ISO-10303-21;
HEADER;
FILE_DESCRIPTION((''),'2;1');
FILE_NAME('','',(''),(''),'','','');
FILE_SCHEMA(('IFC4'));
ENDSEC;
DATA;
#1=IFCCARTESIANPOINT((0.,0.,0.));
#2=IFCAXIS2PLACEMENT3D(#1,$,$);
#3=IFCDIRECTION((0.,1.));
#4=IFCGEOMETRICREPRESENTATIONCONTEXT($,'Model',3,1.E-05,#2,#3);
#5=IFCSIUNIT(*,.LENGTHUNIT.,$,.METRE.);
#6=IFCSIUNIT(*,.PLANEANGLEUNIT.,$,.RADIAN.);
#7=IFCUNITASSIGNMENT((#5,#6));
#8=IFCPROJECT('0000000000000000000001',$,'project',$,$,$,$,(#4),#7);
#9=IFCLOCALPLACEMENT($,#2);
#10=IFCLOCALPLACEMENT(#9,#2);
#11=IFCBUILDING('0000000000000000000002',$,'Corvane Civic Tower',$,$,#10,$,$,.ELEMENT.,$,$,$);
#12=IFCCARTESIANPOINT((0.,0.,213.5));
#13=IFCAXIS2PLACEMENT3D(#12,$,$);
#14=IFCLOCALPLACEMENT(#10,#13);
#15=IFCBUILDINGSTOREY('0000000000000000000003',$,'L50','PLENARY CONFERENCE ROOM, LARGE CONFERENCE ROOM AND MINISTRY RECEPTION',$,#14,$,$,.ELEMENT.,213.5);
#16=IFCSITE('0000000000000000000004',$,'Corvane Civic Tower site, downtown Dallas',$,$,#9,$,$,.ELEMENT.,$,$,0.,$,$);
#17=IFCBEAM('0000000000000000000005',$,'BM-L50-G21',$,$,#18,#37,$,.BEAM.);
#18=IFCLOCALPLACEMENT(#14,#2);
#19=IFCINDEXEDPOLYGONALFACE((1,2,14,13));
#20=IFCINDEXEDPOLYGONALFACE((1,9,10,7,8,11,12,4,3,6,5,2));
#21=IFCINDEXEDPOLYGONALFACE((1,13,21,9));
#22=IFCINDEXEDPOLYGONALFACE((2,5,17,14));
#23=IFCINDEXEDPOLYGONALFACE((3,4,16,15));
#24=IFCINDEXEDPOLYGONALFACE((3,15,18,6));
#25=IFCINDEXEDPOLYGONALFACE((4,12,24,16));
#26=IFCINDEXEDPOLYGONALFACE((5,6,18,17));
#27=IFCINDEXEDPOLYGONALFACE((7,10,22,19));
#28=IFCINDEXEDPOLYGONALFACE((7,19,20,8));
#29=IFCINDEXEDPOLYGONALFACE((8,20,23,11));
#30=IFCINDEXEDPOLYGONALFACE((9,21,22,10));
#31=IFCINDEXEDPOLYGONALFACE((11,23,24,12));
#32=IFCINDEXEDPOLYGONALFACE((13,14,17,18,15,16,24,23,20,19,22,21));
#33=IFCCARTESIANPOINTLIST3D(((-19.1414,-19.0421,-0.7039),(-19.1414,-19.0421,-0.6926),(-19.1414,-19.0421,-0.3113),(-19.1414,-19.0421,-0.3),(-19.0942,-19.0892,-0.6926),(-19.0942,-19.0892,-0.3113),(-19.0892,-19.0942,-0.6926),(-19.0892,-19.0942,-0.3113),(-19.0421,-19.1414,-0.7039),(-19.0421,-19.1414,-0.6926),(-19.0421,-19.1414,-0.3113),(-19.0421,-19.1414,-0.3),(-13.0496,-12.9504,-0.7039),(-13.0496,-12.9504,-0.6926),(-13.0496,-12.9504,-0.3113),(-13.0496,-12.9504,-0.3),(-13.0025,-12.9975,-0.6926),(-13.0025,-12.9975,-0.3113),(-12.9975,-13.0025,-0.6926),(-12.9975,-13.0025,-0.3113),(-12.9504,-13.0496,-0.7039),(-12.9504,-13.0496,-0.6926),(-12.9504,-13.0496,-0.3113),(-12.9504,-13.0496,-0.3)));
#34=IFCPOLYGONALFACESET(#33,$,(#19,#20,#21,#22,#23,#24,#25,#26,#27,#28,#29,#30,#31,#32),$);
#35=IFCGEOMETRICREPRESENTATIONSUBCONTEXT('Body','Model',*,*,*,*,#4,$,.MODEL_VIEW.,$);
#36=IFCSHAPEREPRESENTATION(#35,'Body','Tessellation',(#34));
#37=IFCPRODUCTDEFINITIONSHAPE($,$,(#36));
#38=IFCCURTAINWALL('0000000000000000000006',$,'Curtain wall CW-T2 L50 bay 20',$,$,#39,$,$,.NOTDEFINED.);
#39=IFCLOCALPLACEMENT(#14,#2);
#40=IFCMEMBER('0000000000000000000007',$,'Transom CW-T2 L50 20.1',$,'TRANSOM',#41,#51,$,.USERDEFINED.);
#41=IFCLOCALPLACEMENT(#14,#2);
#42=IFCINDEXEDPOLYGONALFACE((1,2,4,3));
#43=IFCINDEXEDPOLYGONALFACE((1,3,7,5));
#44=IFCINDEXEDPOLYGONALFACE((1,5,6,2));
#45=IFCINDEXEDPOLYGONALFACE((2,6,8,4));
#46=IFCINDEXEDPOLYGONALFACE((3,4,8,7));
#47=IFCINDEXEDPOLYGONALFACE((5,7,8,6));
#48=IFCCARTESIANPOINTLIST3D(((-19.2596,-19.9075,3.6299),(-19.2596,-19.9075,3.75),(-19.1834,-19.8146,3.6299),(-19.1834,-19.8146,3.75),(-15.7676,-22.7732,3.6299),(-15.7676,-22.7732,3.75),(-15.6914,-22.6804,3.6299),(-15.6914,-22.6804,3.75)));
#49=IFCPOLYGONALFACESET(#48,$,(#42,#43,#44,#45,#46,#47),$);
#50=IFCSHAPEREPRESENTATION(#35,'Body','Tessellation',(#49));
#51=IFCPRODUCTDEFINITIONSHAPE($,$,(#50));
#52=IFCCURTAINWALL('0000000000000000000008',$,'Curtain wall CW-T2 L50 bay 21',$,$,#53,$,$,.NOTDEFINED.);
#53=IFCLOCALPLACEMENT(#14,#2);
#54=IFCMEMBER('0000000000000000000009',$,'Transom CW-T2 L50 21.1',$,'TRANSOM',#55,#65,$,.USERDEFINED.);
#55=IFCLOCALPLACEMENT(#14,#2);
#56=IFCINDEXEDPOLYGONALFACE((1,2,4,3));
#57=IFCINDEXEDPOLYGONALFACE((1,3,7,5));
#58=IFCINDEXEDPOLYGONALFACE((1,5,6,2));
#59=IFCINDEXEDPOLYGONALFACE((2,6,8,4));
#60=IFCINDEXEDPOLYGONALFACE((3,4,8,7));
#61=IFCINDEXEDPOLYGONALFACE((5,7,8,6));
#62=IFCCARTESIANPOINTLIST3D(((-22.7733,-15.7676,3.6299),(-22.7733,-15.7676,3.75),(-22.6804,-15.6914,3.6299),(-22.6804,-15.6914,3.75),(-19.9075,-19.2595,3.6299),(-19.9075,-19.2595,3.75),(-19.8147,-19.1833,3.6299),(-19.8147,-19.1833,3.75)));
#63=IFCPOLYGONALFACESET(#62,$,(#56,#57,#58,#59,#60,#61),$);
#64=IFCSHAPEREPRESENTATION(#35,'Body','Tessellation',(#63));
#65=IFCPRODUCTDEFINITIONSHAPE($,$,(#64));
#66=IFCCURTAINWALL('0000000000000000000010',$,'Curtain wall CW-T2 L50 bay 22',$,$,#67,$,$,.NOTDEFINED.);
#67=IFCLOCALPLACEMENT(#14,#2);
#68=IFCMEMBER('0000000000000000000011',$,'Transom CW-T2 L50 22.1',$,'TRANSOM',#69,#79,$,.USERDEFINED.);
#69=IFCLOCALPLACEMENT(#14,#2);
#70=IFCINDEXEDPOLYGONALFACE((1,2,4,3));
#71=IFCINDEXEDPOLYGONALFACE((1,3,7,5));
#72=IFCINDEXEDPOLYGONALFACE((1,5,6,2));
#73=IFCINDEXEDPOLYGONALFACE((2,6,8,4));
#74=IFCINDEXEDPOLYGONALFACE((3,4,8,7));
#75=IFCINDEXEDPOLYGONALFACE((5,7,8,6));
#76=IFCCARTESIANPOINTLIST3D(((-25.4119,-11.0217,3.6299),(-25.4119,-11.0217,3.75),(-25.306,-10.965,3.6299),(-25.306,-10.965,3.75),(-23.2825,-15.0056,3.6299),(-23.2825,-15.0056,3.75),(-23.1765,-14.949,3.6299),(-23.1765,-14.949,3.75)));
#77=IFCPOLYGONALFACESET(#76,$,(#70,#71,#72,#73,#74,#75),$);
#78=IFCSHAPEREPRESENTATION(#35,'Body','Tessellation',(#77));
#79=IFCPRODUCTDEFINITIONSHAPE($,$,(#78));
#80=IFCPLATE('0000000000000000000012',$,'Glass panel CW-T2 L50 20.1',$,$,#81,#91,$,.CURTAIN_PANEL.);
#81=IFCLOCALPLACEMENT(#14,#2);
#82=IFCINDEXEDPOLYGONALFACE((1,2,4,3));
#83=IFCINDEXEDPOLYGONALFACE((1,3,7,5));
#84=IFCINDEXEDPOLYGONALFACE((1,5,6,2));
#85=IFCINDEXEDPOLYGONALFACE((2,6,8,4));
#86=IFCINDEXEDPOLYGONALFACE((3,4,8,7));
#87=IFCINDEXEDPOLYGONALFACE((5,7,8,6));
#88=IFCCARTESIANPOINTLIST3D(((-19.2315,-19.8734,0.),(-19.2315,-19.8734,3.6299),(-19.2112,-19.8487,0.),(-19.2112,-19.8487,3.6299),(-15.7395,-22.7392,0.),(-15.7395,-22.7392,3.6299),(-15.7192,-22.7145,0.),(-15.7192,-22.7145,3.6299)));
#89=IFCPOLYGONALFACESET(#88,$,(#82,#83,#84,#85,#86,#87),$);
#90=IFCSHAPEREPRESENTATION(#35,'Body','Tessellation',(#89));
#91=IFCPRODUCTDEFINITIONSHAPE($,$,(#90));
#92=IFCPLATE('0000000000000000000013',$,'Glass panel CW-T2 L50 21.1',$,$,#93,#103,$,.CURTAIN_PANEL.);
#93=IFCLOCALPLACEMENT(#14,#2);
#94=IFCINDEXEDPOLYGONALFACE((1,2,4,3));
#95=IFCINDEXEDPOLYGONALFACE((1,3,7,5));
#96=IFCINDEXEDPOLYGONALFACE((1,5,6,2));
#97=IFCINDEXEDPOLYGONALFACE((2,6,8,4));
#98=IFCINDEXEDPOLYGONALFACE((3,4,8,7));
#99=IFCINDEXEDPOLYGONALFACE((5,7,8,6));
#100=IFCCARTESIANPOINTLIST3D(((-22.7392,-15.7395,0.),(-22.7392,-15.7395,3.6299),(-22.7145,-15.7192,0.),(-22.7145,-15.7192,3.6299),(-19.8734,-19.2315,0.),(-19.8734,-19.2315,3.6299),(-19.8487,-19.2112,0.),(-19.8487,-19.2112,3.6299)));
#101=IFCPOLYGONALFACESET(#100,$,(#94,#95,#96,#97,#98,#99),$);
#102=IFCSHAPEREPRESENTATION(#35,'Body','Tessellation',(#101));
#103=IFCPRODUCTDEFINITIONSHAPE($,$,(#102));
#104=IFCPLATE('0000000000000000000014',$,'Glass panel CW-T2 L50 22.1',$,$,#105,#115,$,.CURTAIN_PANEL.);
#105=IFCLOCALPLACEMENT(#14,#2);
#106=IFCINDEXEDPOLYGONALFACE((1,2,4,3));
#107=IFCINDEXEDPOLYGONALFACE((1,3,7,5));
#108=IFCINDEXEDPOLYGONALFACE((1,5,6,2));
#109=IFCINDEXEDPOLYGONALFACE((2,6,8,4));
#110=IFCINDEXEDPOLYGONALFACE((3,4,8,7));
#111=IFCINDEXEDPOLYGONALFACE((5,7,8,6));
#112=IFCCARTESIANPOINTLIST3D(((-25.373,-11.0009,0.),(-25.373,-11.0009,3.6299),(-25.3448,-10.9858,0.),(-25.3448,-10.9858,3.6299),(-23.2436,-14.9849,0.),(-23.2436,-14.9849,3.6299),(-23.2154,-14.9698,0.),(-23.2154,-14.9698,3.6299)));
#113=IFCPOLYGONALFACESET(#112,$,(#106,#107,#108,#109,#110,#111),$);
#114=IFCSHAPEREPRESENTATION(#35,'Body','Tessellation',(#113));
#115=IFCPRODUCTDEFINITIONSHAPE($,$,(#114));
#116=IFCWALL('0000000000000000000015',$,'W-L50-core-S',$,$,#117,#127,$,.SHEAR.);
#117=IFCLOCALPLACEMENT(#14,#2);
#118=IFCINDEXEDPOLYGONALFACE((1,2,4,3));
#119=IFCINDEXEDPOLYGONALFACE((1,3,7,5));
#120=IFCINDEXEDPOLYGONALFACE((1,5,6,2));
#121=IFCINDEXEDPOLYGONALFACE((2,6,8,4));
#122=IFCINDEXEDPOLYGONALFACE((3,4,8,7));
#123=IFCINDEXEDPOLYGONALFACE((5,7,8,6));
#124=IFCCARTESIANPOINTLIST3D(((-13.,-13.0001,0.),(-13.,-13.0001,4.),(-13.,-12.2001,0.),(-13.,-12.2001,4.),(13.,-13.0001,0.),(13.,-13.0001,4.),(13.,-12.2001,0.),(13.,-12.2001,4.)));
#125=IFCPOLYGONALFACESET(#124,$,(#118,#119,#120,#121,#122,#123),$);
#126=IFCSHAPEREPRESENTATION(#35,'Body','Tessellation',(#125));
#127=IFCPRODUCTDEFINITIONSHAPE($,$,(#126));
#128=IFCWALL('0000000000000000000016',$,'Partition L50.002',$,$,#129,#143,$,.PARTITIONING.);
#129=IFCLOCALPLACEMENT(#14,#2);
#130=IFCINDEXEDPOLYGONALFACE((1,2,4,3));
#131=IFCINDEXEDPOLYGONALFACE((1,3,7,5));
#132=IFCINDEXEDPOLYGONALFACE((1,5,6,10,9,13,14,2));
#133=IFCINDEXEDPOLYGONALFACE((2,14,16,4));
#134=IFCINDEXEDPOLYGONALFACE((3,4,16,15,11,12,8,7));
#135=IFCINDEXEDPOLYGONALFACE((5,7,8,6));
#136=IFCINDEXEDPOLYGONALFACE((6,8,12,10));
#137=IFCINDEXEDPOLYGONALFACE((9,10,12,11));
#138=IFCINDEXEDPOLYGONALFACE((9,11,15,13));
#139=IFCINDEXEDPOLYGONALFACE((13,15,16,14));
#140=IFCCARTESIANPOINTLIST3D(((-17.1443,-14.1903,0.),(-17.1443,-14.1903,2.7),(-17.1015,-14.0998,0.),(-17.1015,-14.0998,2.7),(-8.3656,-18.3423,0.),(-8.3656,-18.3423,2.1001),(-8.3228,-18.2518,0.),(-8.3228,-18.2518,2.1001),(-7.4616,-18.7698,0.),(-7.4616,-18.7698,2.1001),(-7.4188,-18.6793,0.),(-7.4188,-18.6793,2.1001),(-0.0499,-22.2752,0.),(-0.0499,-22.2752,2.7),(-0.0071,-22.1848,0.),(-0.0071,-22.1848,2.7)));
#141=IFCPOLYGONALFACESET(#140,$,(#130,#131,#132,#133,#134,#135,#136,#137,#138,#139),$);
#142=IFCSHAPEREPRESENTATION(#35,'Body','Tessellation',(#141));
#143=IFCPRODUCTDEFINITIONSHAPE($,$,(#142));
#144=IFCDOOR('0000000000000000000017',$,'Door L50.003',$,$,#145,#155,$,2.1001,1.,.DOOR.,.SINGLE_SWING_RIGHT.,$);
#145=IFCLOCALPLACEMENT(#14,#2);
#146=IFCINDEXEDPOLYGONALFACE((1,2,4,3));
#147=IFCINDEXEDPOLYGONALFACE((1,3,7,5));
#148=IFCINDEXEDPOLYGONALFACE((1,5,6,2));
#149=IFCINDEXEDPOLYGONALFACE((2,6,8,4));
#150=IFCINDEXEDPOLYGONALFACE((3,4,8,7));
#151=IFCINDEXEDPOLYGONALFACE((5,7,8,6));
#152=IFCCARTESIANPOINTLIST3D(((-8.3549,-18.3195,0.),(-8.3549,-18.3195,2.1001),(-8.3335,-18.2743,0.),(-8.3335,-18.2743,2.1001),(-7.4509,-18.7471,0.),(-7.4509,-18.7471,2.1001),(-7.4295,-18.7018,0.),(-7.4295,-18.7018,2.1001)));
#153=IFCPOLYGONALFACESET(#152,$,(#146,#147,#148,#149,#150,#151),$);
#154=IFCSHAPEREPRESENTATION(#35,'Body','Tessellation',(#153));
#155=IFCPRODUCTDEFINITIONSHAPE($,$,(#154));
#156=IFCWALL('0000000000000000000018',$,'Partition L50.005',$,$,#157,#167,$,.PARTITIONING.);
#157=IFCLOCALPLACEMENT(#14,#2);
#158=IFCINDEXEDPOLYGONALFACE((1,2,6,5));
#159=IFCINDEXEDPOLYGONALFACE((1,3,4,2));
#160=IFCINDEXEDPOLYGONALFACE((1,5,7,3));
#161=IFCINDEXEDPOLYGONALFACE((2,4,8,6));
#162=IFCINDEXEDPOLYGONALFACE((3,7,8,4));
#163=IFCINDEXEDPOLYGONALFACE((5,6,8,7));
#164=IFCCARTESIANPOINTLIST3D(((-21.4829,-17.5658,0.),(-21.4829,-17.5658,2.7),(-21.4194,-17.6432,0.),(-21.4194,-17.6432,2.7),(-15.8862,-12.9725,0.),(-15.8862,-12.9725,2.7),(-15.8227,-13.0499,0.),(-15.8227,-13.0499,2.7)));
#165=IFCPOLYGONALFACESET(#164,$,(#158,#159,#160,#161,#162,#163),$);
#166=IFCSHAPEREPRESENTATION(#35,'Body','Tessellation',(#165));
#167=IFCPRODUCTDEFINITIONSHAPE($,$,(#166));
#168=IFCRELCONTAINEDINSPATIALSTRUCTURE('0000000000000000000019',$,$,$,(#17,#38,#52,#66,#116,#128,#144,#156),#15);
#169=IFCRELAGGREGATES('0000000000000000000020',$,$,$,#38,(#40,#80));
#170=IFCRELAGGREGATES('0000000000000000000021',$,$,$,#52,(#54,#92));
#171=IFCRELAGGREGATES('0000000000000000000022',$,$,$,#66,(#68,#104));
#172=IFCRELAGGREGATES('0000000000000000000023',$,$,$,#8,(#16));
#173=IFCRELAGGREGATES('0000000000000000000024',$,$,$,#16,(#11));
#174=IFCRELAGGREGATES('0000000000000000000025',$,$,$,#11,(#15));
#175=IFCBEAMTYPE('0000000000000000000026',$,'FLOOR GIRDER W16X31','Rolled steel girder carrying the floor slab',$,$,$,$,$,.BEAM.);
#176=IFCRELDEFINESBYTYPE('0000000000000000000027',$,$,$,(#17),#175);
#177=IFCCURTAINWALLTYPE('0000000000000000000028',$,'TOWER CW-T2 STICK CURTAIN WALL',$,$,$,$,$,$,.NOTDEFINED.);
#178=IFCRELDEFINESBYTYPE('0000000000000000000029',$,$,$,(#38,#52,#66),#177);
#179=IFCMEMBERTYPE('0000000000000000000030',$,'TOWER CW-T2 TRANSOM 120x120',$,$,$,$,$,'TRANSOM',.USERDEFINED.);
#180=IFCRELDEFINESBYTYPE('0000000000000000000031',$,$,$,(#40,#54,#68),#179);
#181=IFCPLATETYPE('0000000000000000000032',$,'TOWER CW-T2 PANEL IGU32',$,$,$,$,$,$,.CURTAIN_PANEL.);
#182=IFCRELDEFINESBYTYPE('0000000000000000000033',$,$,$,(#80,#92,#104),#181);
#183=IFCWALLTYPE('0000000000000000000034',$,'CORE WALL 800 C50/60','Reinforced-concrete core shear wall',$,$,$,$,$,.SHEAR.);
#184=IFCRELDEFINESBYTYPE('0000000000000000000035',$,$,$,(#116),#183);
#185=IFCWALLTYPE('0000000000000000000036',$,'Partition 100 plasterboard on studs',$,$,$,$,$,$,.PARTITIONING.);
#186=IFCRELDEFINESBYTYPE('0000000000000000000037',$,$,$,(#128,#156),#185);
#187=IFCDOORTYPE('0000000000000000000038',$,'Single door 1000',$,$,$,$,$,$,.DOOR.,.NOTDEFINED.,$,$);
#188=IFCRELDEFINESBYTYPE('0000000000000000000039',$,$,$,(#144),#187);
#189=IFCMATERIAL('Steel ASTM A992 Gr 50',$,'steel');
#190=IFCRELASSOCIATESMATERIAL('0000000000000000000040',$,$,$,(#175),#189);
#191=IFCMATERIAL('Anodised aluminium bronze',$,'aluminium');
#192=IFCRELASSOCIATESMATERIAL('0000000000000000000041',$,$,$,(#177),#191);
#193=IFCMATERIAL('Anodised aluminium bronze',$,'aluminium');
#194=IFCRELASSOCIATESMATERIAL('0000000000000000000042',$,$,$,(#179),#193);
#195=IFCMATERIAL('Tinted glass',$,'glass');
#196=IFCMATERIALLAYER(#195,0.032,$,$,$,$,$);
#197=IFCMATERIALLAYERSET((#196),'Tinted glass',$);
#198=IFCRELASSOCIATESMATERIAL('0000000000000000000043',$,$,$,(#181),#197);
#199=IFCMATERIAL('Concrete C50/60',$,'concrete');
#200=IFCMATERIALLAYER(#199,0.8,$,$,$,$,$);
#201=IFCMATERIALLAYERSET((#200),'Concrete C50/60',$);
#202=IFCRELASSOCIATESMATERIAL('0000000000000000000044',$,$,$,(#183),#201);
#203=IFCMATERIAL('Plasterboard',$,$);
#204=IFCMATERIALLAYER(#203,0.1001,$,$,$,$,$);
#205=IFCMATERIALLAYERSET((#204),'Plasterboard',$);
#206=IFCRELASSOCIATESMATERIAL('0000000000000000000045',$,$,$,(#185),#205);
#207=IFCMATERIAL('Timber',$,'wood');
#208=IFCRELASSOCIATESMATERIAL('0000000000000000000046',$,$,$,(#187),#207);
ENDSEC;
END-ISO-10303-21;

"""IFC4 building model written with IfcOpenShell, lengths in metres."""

from ifc_helpers import new_model, si_unit, direction, frame, frame_2d, origin, origin_2d, place, context, subcontext, project, spatial, rectangle, i_section, extrude, material, layer, layer_set, material_profile, profile_set, type_object, element, fill, aggregate, save


model = new_model("IFC4")

# Units and contexts
model_context = context("Model", 3, precision=1e-05, world=origin(), true_north=direction((0.0, 1.0)))
body_context = subcontext(model_context, "Body", "Model", "MODEL_VIEW")
ifc_project = project(units=[si_unit("LENGTHUNIT", "METRE"), si_unit("PLANEANGLEUNIT", "RADIAN")], contexts=[model_context])

# Site, building, storey
site_placement = place(None, origin())
site = spatial("IfcSite", under=ifc_project, at=site_placement, Name="Corvane Civic Tower site, downtown Dallas", CompositionType="ELEMENT", RefElevation=0.0)
building_placement = place(site_placement, origin())
building = spatial("IfcBuilding", under=site, at=building_placement, Name="Corvane Civic Tower", CompositionType="ELEMENT")
storey_placement = place(building_placement, frame((0.0, 0.0, 213.5)))
storey = spatial("IfcBuildingStorey", under=building, at=storey_placement, Name="L50", Description="PLENARY CONFERENCE ROOM, LARGE CONFERENCE ROOM AND MINISTRY RECEPTION", CompositionType="ELEMENT", Elevation=213.5)

# Beam
ifc_material_1 = material(Name="Steel ASTM A992 Gr 50", Category="steel")
ifc_material_profile_1 = material_profile(ifc_material_1, i_section(OverallWidth=0.1404, OverallDepth=0.4038, WebThickness=0.0071, FlangeThickness=0.0112, at=origin_2d()), Name="W16X31")
ifc_profile_set_1 = profile_set([ifc_material_profile_1], Name="Steel ASTM A992 Gr 50")
beam_type_1 = type_object("IfcBeamType", Name="FLOOR GIRDER W16X31", Description="Rolled steel girder carrying the floor slab", PredefinedType="BEAM", material=ifc_profile_set_1)
beam_placement = place(storey_placement, frame((-13.0, -13.0, -0.502), z_axis=(-0.707107, -0.707107, 0.0), x_axis=(0.707107, -0.707107, 0.0)))
element("IfcBeam", 1, at=beam_placement, inside=storey, type_object=beam_type_1, Name="BM-L50-G21", PredefinedType="BEAM", context=body_context, shape_type="SweptSolid", body=[
    extrude(i_section(OverallWidth=0.1404, OverallDepth=0.4038, WebThickness=0.0071, FlangeThickness=0.0112, at=origin_2d()), origin(), (0.0, 0.0, 1.0), 8.615),
])

# Curtain walls, members
ifc_material_2 = material(Name="Anodised aluminium bronze", Category="aluminium")
curtain_wall_type = type_object("IfcCurtainWallType", Name="TOWER CW-T2 STICK CURTAIN WALL", PredefinedType="NOTDEFINED", material=ifc_material_2)
curtain_wall_1_placement = place(storey_placement, origin())
curtain_wall_1 = element("IfcCurtainWall", 2, at=curtain_wall_1_placement, inside=storey, type_object=curtain_wall_type, Name="Curtain wall CW-T2 L50 bay 20", PredefinedType="NOTDEFINED")
ifc_material_3 = material(Name="Anodised aluminium bronze", Category="aluminium")
ifc_material_profile_2 = material_profile(ifc_material_3, rectangle(XDim=0.1201, YDim=0.1201, at=origin_2d()), Name="TOWER CW-T2 TRANSOM 120x120")
ifc_profile_set_2 = profile_set([ifc_material_profile_2], Name="Anodised aluminium bronze")
member_type = type_object("IfcMemberType", Name="TOWER CW-T2 TRANSOM 120x120", ElementType="TRANSOM", PredefinedType="USERDEFINED", material=ifc_profile_set_2)
member_1_placement = place(storey_placement, frame((-15.7295, -22.7268, 3.6899), z_axis=(-0.773015, 0.634388, 0.0), x_axis=(-0.634388, -0.773015, 0.0)))
member_1 = element("IfcMember", 3, at=member_1_placement, type_object=member_type, Name="Transom CW-T2 L50 20.1", ObjectType="TRANSOM", PredefinedType="USERDEFINED", context=body_context, shape_type="SweptSolid", body=[
    extrude(rectangle(XDim=0.1201, YDim=0.1201, at=origin_2d()), origin(), (0.0, 0.0, 1.0), 4.5173),
])
curtain_wall_2_placement = place(storey_placement, origin())
curtain_wall_2 = element("IfcCurtainWall", 4, at=curtain_wall_2_placement, inside=storey, type_object=curtain_wall_type, Name="Curtain wall CW-T2 L50 bay 21", PredefinedType="NOTDEFINED")
member_2_placement = place(storey_placement, frame((-19.8611, -19.2214, 3.6899), z_axis=(-0.634388, 0.773015, 0.0), x_axis=(-0.773015, -0.634388, 0.0)))
member_2 = element("IfcMember", 5, at=member_2_placement, type_object=member_type, Name="Transom CW-T2 L50 21.1", ObjectType="TRANSOM", PredefinedType="USERDEFINED", context=body_context, shape_type="SweptSolid", body=[
    extrude(rectangle(XDim=0.1201, YDim=0.1201, at=origin_2d()), origin(), (0.0, 0.0, 1.0), 4.5173),
])
curtain_wall_3_placement = place(storey_placement, origin())
curtain_wall_3 = element("IfcCurtainWall", 6, at=curtain_wall_3_placement, inside=storey, type_object=curtain_wall_type, Name="Curtain wall CW-T2 L50 bay 22", PredefinedType="NOTDEFINED")
member_3_placement = place(storey_placement, frame((-23.2295, -14.9773, 3.6899), z_axis=(-0.47139, 0.881925, 0.0), x_axis=(-0.881925, -0.47139, 0.0)))
member_3 = element("IfcMember", 7, at=member_3_placement, type_object=member_type, Name="Transom CW-T2 L50 22.1", ObjectType="TRANSOM", PredefinedType="USERDEFINED", context=body_context, shape_type="SweptSolid", body=[
    extrude(rectangle(XDim=0.1201, YDim=0.1201, at=origin_2d()), origin(), (0.0, 0.0, 1.0), 4.5173),
])

# Plates
ifc_material_4 = material(Name="Tinted glass", Category="glass")
ifc_layer_1 = layer(ifc_material_4, 0.032)
ifc_layer_set_1 = layer_set([ifc_layer_1], Name="Tinted glass")
plate_type = type_object("IfcPlateType", Name="TOWER CW-T2 PANEL IGU32", PredefinedType="CURTAIN_PANEL", material=ifc_layer_set_1)
plate_1_placement = place(storey_placement, frame((-17.4753, -21.2939, 0.0), z_axis=(0.0, 0.0, 1.0), x_axis=(-0.773012, 0.634391, 0.0)))
plate_1 = element("IfcPlate", 8, at=plate_1_placement, type_object=plate_type, Name="Glass panel CW-T2 L50 20.1", PredefinedType="CURTAIN_PANEL", context=body_context, shape_type="SweptSolid", body=[
    extrude(rectangle(XDim=4.5173, YDim=0.032, at=origin_2d()), origin(), (0.0, 0.0, 1.0), 3.6299),
])
aggregate(curtain_wall_1, [member_1, plate_1])
plate_2_placement = place(storey_placement, frame((-21.2939, -17.4753, 0.0), z_axis=(0.0, 0.0, 1.0), x_axis=(-0.634391, 0.773012, 0.0)))
plate_2 = element("IfcPlate", 9, at=plate_2_placement, type_object=plate_type, Name="Glass panel CW-T2 L50 21.1", PredefinedType="CURTAIN_PANEL", context=body_context, shape_type="SweptSolid", body=[
    extrude(rectangle(XDim=4.5173, YDim=0.032, at=origin_2d()), origin(), (0.0, 0.0, 1.0), 3.6299),
])
aggregate(curtain_wall_2, [member_2, plate_2])
plate_3_placement = place(storey_placement, frame((-24.2942, -12.9854, 0.0), z_axis=(0.0, 0.0, 1.0), x_axis=(-0.471398, 0.88192, 0.0)))
plate_3 = element("IfcPlate", 10, at=plate_3_placement, type_object=plate_type, Name="Glass panel CW-T2 L50 22.1", PredefinedType="CURTAIN_PANEL", context=body_context, shape_type="SweptSolid", body=[
    extrude(rectangle(XDim=4.5173, YDim=0.032, at=origin_2d()), origin(), (0.0, 0.0, 1.0), 3.6299),
])
aggregate(curtain_wall_3, [member_3, plate_3])

# Wall
ifc_material_5 = material(Name="Concrete C50/60", Category="concrete")
ifc_layer_2 = layer(ifc_material_5, 0.8)
ifc_layer_set_2 = layer_set([ifc_layer_2], Name="Concrete C50/60")
wall_type_1 = type_object("IfcWallType", Name="CORE WALL 800 C50/60", Description="Reinforced-concrete core shear wall", PredefinedType="SHEAR", material=ifc_layer_set_2)
wall_1_placement = place(storey_placement, frame((-13.0, -12.6001, 0.0), z_axis=(0.0, 0.0, 1.0), x_axis=(1.0, 0.0, 0.0)))
element("IfcWall", 11, at=wall_1_placement, inside=storey, type_object=wall_type_1, Name="W-L50-core-S", PredefinedType="SHEAR", context=body_context, shape_type="SweptSolid", body=[
    extrude(rectangle(XDim=26.0, YDim=0.8, at=frame_2d((13.0, 0.0))), origin(), (0.0, 0.0, 1.0), 4.0),
])

# Wall, opening, door
ifc_material_6 = material(Name="Plasterboard")
ifc_layer_3 = layer(ifc_material_6, 0.1001)
ifc_layer_set_3 = layer_set([ifc_layer_3], Name="Plasterboard")
wall_type_2 = type_object("IfcWallType", Name="Partition 100 plasterboard on studs", PredefinedType="PARTITIONING", material=ifc_layer_set_3)
wall_2_placement = place(storey_placement, frame((-17.123, -14.145, 0.0), z_axis=(0.0, 0.0, 1.0), x_axis=(0.903992, -0.42755, 0.0)))
wall_2 = element("IfcWall", 12, at=wall_2_placement, inside=storey, type_object=wall_type_2, Name="Partition L50.002", PredefinedType="PARTITIONING", context=body_context, shape_type="SweptSolid", body=[
    extrude(rectangle(XDim=18.9099, YDim=0.1001, at=frame_2d((9.4551, 0.0))), origin(), (0.0, 0.0, 1.0), 2.7),
])
opening_1_placement = place(wall_2_placement, frame((9.7112, 0.0, 0.0)))
opening_1 = element("IfcOpeningElement", 13, at=opening_1_placement, cuts=wall_2, PredefinedType="OPENING", context=body_context, shape_type="SweptSolid", body=[
    extrude(rectangle(XDim=1.0, YDim=2.1001, at=frame_2d((0.5, 1.05))), frame((0.0, 0.0601, 0.0), z_axis=(0.0, -1.0, 0.0), x_axis=(1.0, 0.0, 0.0)), (0.0, 0.0, 1.0), 0.1201),
])
ifc_material_7 = material(Name="Timber", Category="wood")
door_type_1 = type_object("IfcDoorType", Name="Single door 1000", OperationType="NOTDEFINED", PredefinedType="DOOR", material=ifc_material_7)
door_1_placement = place(opening_1_placement, frame((1.0, 0.0, 0.0), z_axis=(0.0, 0.0, 1.0), x_axis=(-1.0, 0.0, 0.0)))
door_1 = element("IfcDoor", 14, at=door_1_placement, inside=storey, type_object=door_type_1, Name="Door L50.003", OperationType="SINGLE_SWING_RIGHT", OverallHeight=2.1001, OverallWidth=1.0, PredefinedType="DOOR", context=body_context, shape_type="SweptSolid", body=[
    extrude(rectangle(XDim=1.0, YDim=2.1001, at=frame_2d((0.5, 1.05))), frame((0.0, 0.0249, 0.0), z_axis=(0.0, -1.0, 0.0), x_axis=(1.0, 0.0, 0.0)), (0.0, 0.0, 1.0), 0.05),
])
fill(opening_1, door_1)

# Wall
wall_3_placement = place(storey_placement, frame((-21.4512, -17.6045, 0.0), z_axis=(0.0, 0.0, 1.0), x_axis=(0.772998, 0.634409, 0.0)))
element("IfcWall", 15, at=wall_3_placement, inside=storey, type_object=wall_type_2, Name="Partition L50.005", PredefinedType="PARTITIONING", context=body_context, shape_type="SweptSolid", body=[
    extrude(rectangle(XDim=7.2402, YDim=0.1001, at=frame_2d((3.6201, 0.0))), origin(), (0.0, 0.0, 1.0), 2.7),
])

save(model, "model.ifc")
